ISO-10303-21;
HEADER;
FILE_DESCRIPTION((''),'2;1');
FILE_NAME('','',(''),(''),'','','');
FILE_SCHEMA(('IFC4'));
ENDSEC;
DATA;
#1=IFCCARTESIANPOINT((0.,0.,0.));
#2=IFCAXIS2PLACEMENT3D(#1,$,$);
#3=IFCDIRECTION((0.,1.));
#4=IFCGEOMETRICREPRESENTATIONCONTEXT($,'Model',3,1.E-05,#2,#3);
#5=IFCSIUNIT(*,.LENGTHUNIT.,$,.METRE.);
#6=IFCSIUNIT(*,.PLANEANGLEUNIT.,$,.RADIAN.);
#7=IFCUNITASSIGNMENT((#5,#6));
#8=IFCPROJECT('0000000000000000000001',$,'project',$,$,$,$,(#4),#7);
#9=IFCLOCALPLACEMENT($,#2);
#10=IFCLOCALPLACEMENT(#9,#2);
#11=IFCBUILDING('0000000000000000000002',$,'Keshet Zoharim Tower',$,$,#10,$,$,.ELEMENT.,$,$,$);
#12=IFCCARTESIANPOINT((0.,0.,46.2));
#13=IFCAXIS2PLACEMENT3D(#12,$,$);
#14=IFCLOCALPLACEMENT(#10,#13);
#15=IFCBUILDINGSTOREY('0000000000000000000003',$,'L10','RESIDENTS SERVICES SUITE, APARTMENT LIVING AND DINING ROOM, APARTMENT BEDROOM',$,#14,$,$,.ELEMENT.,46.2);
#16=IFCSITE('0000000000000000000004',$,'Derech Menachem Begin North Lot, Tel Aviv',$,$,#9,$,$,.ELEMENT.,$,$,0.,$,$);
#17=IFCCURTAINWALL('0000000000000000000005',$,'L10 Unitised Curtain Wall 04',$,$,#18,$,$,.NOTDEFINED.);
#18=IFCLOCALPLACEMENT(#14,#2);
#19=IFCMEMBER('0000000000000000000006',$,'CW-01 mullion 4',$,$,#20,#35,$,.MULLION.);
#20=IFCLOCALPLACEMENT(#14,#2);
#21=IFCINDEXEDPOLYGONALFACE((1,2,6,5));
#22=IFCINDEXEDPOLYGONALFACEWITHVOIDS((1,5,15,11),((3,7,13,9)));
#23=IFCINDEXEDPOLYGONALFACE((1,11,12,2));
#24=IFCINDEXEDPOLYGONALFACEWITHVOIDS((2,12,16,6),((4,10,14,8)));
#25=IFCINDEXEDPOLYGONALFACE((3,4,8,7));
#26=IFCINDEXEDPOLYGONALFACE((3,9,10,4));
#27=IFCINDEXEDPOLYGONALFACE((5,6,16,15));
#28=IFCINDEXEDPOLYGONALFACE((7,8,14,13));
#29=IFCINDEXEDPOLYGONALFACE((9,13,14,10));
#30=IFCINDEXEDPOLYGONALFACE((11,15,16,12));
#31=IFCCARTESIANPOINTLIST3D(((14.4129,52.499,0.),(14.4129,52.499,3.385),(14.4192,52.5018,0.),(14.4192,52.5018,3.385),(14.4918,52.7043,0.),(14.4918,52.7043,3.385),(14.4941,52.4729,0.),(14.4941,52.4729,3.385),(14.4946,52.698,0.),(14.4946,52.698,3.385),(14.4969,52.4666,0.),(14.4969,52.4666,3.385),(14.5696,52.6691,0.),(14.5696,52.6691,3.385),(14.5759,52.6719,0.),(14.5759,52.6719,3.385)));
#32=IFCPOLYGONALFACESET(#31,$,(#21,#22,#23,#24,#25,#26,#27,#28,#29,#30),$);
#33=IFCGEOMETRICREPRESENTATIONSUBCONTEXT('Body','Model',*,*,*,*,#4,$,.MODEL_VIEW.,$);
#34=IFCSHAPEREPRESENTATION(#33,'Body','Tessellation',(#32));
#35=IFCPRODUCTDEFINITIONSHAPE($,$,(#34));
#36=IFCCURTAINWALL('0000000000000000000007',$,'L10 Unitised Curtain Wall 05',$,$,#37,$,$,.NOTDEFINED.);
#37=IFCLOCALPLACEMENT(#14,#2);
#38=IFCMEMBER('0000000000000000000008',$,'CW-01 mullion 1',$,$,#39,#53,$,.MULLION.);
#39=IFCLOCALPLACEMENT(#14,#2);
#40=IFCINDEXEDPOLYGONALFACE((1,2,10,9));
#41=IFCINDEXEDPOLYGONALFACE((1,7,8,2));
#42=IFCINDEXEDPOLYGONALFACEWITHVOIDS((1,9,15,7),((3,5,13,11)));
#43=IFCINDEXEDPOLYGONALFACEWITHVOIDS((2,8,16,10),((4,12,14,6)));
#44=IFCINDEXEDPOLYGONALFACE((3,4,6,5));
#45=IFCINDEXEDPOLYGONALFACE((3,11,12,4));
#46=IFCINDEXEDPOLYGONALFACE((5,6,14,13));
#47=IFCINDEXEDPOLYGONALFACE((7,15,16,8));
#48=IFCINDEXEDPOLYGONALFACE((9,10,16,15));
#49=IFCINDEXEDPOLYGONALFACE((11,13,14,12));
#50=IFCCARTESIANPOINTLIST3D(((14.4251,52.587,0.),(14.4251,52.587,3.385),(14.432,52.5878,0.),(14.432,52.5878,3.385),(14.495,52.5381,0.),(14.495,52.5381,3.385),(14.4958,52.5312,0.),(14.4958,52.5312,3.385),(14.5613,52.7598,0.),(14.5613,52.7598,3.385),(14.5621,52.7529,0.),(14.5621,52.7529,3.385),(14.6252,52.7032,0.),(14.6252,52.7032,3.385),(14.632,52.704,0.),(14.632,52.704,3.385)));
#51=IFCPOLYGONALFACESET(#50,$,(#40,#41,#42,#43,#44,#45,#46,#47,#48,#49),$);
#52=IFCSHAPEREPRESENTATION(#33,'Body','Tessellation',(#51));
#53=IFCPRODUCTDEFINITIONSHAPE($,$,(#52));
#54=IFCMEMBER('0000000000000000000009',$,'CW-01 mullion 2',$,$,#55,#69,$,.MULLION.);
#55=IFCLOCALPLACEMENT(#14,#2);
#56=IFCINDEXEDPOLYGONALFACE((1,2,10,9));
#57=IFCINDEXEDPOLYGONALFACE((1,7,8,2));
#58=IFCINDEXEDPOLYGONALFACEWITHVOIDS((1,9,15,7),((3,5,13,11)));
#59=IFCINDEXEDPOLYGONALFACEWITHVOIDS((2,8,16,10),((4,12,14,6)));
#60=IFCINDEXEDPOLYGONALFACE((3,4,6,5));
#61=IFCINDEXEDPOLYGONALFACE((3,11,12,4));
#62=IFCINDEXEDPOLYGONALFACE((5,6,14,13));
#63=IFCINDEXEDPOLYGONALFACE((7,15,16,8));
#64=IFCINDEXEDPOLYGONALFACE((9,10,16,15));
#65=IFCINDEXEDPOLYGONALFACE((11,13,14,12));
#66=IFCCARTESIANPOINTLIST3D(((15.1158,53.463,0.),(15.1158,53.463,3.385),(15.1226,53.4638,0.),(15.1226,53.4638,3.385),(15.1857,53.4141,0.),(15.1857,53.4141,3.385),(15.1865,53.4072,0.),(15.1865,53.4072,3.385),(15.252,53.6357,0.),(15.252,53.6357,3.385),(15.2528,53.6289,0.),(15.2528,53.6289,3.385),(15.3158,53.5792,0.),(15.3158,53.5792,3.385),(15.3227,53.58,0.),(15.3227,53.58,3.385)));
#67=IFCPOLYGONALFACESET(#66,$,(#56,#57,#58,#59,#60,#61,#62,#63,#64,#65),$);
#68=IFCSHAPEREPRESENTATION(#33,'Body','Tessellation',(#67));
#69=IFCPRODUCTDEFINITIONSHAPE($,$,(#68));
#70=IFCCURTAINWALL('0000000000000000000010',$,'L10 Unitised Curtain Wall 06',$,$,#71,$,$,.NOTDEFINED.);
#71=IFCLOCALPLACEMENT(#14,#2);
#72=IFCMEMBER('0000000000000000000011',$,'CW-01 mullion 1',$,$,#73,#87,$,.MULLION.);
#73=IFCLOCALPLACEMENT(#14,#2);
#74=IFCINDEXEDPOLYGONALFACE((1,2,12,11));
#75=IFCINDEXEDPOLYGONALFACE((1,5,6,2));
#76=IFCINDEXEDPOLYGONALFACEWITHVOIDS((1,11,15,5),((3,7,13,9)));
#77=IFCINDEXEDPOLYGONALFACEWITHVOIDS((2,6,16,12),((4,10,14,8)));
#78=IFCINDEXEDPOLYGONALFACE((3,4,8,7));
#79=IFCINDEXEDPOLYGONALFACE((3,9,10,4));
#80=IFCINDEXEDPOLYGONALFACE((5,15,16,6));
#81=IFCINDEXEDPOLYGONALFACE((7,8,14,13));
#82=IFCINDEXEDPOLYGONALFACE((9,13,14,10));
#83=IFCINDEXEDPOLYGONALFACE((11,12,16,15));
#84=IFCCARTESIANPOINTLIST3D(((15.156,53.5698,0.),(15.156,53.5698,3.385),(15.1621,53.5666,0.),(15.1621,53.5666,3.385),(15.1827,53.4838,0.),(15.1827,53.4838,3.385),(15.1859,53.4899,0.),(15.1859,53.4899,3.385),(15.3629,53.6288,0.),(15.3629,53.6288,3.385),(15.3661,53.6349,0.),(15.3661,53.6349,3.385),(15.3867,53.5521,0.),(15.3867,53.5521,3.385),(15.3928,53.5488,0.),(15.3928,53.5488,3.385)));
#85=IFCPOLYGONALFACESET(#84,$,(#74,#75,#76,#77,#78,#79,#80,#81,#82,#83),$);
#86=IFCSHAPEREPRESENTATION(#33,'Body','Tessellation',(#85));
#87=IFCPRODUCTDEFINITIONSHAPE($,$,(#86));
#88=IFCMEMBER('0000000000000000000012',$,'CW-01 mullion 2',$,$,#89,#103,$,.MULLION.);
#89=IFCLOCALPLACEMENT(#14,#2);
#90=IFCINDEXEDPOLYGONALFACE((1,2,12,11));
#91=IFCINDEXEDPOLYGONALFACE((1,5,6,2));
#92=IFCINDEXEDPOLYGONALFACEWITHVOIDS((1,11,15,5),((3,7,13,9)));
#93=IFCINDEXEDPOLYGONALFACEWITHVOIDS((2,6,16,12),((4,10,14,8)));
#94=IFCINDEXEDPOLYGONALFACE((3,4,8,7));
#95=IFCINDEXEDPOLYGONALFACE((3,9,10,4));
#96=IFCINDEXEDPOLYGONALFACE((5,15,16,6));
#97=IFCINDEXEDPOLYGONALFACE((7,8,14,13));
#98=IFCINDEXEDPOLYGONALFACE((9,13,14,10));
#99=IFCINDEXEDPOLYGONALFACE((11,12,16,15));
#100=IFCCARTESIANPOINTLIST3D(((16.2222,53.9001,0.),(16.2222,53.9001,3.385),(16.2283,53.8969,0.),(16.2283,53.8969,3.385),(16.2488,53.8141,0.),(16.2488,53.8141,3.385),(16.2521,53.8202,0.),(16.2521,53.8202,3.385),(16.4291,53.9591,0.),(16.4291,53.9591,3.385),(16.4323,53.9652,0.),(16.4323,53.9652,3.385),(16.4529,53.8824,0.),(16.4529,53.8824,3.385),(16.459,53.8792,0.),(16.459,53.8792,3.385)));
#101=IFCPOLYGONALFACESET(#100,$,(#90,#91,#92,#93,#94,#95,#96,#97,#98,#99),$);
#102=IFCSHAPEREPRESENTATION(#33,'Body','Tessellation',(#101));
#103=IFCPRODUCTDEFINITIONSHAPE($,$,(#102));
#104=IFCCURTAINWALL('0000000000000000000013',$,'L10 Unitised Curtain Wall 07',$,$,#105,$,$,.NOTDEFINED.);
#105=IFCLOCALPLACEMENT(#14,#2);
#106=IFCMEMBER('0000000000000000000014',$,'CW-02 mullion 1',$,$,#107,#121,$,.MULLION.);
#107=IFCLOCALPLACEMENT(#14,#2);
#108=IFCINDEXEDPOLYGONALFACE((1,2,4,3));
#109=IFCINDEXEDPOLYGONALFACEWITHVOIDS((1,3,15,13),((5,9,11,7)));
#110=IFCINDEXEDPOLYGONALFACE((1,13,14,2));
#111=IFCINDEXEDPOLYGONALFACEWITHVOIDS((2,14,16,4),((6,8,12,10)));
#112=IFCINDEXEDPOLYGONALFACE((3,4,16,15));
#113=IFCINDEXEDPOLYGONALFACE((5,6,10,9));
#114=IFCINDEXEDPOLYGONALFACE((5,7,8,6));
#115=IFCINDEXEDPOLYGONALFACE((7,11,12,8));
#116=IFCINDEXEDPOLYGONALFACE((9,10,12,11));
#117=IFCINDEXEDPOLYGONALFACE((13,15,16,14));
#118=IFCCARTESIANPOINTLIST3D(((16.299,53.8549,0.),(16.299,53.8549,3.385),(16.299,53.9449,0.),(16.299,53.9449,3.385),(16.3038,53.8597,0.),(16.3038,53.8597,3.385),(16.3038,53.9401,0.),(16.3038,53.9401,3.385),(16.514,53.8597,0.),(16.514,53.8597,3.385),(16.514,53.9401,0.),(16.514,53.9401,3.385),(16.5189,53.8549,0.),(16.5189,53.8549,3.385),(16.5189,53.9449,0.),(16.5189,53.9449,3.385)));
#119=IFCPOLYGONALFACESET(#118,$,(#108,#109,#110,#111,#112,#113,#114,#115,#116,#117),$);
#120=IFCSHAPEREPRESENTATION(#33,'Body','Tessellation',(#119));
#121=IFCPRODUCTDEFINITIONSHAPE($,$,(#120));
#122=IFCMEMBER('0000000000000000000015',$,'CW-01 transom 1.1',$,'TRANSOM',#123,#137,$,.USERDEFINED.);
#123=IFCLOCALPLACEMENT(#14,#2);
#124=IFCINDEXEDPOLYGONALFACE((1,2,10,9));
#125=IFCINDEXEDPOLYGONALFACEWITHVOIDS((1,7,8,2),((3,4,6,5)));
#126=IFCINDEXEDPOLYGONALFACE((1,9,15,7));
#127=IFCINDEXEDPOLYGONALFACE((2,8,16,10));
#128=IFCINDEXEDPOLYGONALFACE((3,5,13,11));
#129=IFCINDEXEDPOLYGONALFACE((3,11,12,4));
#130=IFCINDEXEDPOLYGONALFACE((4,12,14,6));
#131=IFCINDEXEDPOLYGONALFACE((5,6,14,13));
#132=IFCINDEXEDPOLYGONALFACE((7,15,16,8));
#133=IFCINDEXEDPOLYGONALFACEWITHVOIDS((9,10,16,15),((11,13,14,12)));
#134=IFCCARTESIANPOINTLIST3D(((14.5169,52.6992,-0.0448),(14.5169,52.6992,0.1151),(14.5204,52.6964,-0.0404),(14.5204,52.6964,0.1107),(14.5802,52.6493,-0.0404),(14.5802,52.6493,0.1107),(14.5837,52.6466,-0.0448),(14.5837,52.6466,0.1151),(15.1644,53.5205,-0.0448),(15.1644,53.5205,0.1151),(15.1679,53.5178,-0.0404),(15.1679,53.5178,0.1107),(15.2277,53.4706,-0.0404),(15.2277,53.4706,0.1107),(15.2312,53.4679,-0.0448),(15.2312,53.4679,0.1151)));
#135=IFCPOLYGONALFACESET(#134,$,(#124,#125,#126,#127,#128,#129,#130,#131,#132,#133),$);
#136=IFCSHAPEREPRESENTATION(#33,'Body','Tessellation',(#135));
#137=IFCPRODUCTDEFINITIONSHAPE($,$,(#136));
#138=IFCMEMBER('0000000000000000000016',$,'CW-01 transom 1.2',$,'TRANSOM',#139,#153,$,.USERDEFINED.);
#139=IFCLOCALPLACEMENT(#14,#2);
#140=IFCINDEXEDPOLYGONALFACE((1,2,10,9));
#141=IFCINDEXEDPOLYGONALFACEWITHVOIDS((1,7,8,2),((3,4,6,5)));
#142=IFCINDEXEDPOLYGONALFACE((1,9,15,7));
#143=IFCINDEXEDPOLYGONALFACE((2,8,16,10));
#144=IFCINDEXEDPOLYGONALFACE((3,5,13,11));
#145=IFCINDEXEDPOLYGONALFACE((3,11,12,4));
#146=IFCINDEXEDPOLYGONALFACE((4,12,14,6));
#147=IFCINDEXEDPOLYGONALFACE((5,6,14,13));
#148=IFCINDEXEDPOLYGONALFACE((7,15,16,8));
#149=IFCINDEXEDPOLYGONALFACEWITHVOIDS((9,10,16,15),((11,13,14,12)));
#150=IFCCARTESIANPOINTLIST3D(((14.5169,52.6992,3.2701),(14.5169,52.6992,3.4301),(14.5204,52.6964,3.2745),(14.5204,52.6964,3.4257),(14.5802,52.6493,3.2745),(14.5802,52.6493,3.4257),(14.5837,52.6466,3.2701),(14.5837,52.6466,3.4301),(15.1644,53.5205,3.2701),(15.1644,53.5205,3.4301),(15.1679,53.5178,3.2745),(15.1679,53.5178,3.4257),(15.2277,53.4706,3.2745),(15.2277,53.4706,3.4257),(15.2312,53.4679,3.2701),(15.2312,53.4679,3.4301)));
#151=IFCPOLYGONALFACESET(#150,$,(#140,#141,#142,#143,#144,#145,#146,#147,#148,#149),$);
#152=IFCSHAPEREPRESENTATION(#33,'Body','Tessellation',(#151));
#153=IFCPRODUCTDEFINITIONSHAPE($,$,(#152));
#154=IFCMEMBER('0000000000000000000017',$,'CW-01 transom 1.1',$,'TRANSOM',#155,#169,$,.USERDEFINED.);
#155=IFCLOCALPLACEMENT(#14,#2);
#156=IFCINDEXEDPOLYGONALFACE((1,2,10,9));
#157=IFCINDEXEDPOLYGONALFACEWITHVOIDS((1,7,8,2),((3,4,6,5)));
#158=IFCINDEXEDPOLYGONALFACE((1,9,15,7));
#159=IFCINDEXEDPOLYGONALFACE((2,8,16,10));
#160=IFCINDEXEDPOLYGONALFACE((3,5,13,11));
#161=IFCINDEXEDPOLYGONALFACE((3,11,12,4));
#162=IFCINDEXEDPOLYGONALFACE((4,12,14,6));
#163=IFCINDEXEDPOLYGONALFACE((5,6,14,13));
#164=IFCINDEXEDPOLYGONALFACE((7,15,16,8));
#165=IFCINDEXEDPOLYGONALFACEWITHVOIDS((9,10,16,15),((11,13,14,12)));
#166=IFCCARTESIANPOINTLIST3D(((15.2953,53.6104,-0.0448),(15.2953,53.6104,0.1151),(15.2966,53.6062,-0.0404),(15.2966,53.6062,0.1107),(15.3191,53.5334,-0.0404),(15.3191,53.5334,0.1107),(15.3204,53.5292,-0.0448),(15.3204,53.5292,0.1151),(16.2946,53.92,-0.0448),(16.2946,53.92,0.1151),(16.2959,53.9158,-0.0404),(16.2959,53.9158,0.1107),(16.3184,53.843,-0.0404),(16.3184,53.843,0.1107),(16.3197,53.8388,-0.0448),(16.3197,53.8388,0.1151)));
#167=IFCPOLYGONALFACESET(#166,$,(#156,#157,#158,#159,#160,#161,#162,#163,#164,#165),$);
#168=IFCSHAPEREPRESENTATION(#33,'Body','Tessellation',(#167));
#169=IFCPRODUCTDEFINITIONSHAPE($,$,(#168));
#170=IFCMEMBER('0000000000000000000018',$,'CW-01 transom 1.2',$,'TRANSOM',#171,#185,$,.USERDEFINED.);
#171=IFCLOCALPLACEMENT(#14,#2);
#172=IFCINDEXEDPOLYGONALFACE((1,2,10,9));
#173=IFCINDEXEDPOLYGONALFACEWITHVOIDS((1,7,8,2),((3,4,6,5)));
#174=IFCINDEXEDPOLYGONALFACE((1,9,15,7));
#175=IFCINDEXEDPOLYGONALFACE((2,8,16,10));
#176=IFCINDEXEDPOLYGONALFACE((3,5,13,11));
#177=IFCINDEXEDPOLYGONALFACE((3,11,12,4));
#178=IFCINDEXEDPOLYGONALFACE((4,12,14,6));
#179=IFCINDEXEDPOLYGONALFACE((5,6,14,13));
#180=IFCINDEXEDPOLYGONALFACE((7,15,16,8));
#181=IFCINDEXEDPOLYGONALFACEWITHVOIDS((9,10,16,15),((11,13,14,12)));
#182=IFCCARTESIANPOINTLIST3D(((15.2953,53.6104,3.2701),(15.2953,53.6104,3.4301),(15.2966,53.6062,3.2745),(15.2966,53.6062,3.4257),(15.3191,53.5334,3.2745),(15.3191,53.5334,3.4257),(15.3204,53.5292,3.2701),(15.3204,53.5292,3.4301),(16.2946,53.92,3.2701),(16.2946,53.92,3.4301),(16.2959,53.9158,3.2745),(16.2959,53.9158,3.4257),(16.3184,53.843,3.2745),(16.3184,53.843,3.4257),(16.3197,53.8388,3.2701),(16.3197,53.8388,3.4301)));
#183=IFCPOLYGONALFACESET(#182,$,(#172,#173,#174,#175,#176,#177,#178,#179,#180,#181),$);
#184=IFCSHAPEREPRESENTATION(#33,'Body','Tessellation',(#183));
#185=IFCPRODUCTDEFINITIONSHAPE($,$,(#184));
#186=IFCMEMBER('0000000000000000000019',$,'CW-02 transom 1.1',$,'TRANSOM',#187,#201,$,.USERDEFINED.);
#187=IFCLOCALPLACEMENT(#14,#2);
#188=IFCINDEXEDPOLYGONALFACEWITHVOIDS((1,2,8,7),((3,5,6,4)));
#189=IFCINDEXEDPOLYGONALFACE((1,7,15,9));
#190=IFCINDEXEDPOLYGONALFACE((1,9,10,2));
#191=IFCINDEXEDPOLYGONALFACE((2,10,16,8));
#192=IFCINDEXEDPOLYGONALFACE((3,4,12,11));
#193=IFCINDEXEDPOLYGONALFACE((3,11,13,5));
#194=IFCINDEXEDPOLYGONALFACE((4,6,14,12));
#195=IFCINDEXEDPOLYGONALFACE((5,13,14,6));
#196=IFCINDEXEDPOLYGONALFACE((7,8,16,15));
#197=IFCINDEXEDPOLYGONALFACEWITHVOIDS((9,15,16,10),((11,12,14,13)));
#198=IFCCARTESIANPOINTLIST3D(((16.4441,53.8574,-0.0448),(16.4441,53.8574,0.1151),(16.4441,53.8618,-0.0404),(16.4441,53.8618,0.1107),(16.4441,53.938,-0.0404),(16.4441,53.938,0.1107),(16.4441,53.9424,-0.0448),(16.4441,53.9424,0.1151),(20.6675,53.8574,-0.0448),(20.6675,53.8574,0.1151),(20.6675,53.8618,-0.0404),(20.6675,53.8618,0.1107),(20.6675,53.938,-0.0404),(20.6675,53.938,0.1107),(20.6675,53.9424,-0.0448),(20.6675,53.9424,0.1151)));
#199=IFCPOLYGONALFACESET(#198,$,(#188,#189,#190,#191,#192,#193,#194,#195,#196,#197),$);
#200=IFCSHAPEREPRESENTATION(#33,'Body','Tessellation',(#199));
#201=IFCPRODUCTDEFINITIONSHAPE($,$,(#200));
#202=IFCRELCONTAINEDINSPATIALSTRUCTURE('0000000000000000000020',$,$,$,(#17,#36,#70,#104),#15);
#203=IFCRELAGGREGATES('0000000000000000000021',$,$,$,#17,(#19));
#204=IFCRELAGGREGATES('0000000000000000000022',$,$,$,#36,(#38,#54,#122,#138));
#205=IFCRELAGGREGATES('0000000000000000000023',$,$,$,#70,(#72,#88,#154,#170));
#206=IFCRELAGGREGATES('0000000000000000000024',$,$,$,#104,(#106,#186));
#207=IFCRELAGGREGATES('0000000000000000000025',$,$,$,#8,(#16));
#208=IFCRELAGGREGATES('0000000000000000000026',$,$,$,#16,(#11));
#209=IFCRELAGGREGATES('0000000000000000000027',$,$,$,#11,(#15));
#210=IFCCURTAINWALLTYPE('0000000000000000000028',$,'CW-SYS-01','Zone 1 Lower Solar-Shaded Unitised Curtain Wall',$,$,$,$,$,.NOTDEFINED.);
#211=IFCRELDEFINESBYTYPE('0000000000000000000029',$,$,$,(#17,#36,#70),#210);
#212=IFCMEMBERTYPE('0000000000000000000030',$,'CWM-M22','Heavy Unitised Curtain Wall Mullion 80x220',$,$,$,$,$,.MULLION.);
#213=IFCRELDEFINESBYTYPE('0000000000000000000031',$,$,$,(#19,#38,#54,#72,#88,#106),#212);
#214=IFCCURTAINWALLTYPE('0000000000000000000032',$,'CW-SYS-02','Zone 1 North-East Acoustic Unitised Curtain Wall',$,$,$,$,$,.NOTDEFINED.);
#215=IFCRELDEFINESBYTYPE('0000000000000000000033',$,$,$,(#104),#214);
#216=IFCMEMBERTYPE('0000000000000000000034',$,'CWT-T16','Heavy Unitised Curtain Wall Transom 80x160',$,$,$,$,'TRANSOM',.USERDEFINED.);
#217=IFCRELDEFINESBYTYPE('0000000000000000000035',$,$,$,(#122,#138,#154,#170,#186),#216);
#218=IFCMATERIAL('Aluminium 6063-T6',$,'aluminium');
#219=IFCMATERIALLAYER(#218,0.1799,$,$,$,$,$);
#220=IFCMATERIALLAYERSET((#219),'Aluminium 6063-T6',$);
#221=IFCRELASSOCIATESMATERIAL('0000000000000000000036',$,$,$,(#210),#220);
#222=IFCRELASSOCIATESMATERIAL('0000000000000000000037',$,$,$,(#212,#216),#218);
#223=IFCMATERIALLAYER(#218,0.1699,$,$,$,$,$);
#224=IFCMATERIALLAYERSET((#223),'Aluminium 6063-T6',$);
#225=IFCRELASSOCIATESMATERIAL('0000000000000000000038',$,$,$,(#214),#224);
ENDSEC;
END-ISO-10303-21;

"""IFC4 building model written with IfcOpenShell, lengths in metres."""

from ifc_helpers import new_model, si_unit, direction, frame, origin, origin_2d, place, context, subcontext, project, spatial, hollow_rectangle, extrude, material, layer, layer_set, material_profile, profile_set, type_object, element, aggregate, save


model = new_model("IFC4")

# Units and contexts
model_context = context("Model", 3, precision=1e-05, world=origin(), true_north=direction((0.0, 1.0)))
body_context = subcontext(model_context, "Body", "Model", "MODEL_VIEW")
ifc_project = project(units=[si_unit("LENGTHUNIT", "METRE"), si_unit("PLANEANGLEUNIT", "RADIAN")], contexts=[model_context])

# Site, building, storey
site_placement = place(None, origin())
site = spatial("IfcSite", under=ifc_project, at=site_placement, Name="Derech Menachem Begin North Lot, Tel Aviv", CompositionType="ELEMENT", RefElevation=0.0)
building_placement = place(site_placement, origin())
building = spatial("IfcBuilding", under=site, at=building_placement, Name="Keshet Zoharim Tower", CompositionType="ELEMENT")
storey_placement = place(building_placement, frame((0.0, 0.0, 46.2)))
storey = spatial("IfcBuildingStorey", under=building, at=storey_placement, Name="L10", Description="RESIDENTS SERVICES SUITE, APARTMENT LIVING AND DINING ROOM, APARTMENT BEDROOM", CompositionType="ELEMENT", Elevation=46.2)

# Curtain wall, member
ifc_material_1 = material(Name="Aluminium 6063-T6", Category="aluminium")
ifc_layer_1 = layer(ifc_material_1, 0.1799)
ifc_layer_set_1 = layer_set([ifc_layer_1], Name="Aluminium 6063-T6")
curtain_wall_type_1 = type_object("IfcCurtainWallType", Name="CW-SYS-01", Description="Zone 1 Lower Solar-Shaded Unitised Curtain Wall", PredefinedType="NOTDEFINED", material=ifc_layer_set_1)
curtain_wall_1_placement = place(storey_placement, origin())
curtain_wall_1 = element("IfcCurtainWall", 1, at=curtain_wall_1_placement, inside=storey, type_object=curtain_wall_type_1, Name="L10 Unitised Curtain Wall 04", PredefinedType="NOTDEFINED")
ifc_material_profile_1 = material_profile(ifc_material_1, hollow_rectangle(XDim=0.0901, YDim=0.22, WallThickness=0.0049, at=origin_2d()), Name="MUL-90x220")
ifc_profile_set_1 = profile_set([ifc_material_profile_1], Name="Aluminium 6063-T6")
member_type_1 = type_object("IfcMemberType", Name="CWM-M22", Description="Heavy Unitised Curtain Wall Mullion 80x220", PredefinedType="MULLION", material=ifc_profile_set_1)
member_1_placement = place(storey_placement, frame((14.4944, 52.5854, 0.0), z_axis=(0.0, 0.0, 1.0), x_axis=(-0.933341, 0.35899, 0.0)))
member_1 = element("IfcMember", 2, at=member_1_placement, type_object=member_type_1, Name="CW-01 mullion 4", PredefinedType="MULLION", context=body_context, shape_type="SweptSolid", body=[
    extrude(hollow_rectangle(XDim=0.0901, YDim=0.22, WallThickness=0.0049, at=origin_2d()), origin(), (0.0, 0.0, 1.0), 3.385),
])

# Curtain walls, members
curtain_wall_2_placement = place(storey_placement, origin())
curtain_wall_2 = element("IfcCurtainWall", 3, at=curtain_wall_2_placement, inside=storey, type_object=curtain_wall_type_1, Name="L10 Unitised Curtain Wall 05", PredefinedType="NOTDEFINED")
member_2_placement = place(storey_placement, frame((14.5286, 52.6455, 0.0), z_axis=(0.0, 0.0, 1.0), x_axis=(-0.785293, 0.619125, 0.0)))
member_2 = element("IfcMember", 4, at=member_2_placement, type_object=member_type_1, Name="CW-01 mullion 1", PredefinedType="MULLION", context=body_context, shape_type="SweptSolid", body=[
    extrude(hollow_rectangle(XDim=0.0901, YDim=0.22, WallThickness=0.0049, at=origin_2d()), origin(), (0.0, 0.0, 1.0), 3.385),
])
member_3_placement = place(storey_placement, frame((15.2192, 53.5215, 0.0), z_axis=(0.0, 0.0, 1.0), x_axis=(-0.785293, 0.619125, 0.0)))
member_3 = element("IfcMember", 5, at=member_3_placement, type_object=member_type_1, Name="CW-01 mullion 2", PredefinedType="MULLION", context=body_context, shape_type="SweptSolid", body=[
    extrude(hollow_rectangle(XDim=0.0901, YDim=0.22, WallThickness=0.0049, at=origin_2d()), origin(), (0.0, 0.0, 1.0), 3.385),
])
curtain_wall_3_placement = place(storey_placement, origin())
curtain_wall_3 = element("IfcCurtainWall", 6, at=curtain_wall_3_placement, inside=storey, type_object=curtain_wall_type_1, Name="L10 Unitised Curtain Wall 06", PredefinedType="NOTDEFINED")
member_4_placement = place(storey_placement, frame((15.2744, 53.5593, 0.0), z_axis=(0.0, 0.0, 1.0), x_axis=(-0.295922, 0.955212, 0.0)))
member_4 = element("IfcMember", 7, at=member_4_placement, type_object=member_type_1, Name="CW-01 mullion 1", PredefinedType="MULLION", context=body_context, shape_type="SweptSolid", body=[
    extrude(hollow_rectangle(XDim=0.0901, YDim=0.22, WallThickness=0.0049, at=origin_2d()), origin(), (0.0, 0.0, 1.0), 3.385),
])
member_5_placement = place(storey_placement, frame((16.3406, 53.8896, 0.0), z_axis=(0.0, 0.0, 1.0), x_axis=(-0.295922, 0.955212, 0.0)))
member_5 = element("IfcMember", 8, at=member_5_placement, type_object=member_type_1, Name="CW-01 mullion 2", PredefinedType="MULLION", context=body_context, shape_type="SweptSolid", body=[
    extrude(hollow_rectangle(XDim=0.0901, YDim=0.22, WallThickness=0.0049, at=origin_2d()), origin(), (0.0, 0.0, 1.0), 3.385),
])

# Curtain wall, member
ifc_layer_2 = layer(ifc_material_1, 0.1699)
ifc_layer_set_2 = layer_set([ifc_layer_2], Name="Aluminium 6063-T6")
curtain_wall_type_2 = type_object("IfcCurtainWallType", Name="CW-SYS-02", Description="Zone 1 North-East Acoustic Unitised Curtain Wall", PredefinedType="NOTDEFINED", material=ifc_layer_set_2)
curtain_wall_4_placement = place(storey_placement, origin())
curtain_wall_4 = element("IfcCurtainWall", 9, at=curtain_wall_4_placement, inside=storey, type_object=curtain_wall_type_2, Name="L10 Unitised Curtain Wall 07", PredefinedType="NOTDEFINED")
member_6_placement = place(storey_placement, frame((16.4089, 53.8999, 0.0), z_axis=(0.0, 0.0, 1.0), x_axis=(0.0, 1.0, 0.0)))
member_6 = element("IfcMember", 10, at=member_6_placement, type_object=member_type_1, Name="CW-02 mullion 1", PredefinedType="MULLION", context=body_context, shape_type="SweptSolid", body=[
    extrude(hollow_rectangle(XDim=0.0901, YDim=0.22, WallThickness=0.0049, at=origin_2d()), origin(), (0.0, 0.0, 1.0), 3.385),
])

# Members
ifc_material_profile_2 = material_profile(ifc_material_1, hollow_rectangle(XDim=0.085, YDim=0.1599, WallThickness=0.0044, at=origin_2d()), Name="TRN-85x160")
ifc_profile_set_2 = profile_set([ifc_material_profile_2], Name="Aluminium 6063-T6")
member_type_2 = type_object("IfcMemberType", Name="CWT-T16", Description="Heavy Unitised Curtain Wall Transom 80x160", ElementType="TRANSOM", PredefinedType="USERDEFINED", material=ifc_profile_set_2)
member_7_placement = place(storey_placement, frame((14.5503, 52.6729, 0.0352), z_axis=(0.619099, 0.785313, 0.0), x_axis=(-0.785313, 0.619099, 0.0)))
member_7 = element("IfcMember", 11, at=member_7_placement, type_object=member_type_2, Name="CW-01 transom 1.1", ObjectType="TRANSOM", PredefinedType="USERDEFINED", context=body_context, shape_type="SweptSolid", body=[
    extrude(hollow_rectangle(XDim=0.085, YDim=0.1599, WallThickness=0.0044, at=origin_2d()), origin(), (0.0, 0.0, 1.0), 1.0459),
])
member_8_placement = place(storey_placement, frame((14.5503, 52.6729, 3.3501), z_axis=(0.619099, 0.785313, 0.0), x_axis=(-0.785313, 0.619099, 0.0)))
member_8 = element("IfcMember", 12, at=member_8_placement, type_object=member_type_2, Name="CW-01 transom 1.2", ObjectType="TRANSOM", PredefinedType="USERDEFINED", context=body_context, shape_type="SweptSolid", body=[
    extrude(hollow_rectangle(XDim=0.085, YDim=0.1599, WallThickness=0.0044, at=origin_2d()), origin(), (0.0, 0.0, 1.0), 1.0459),
])
member_9_placement = place(storey_placement, frame((15.3079, 53.5698, 0.0352), z_axis=(0.955212, 0.295922, 0.0), x_axis=(-0.295922, 0.955212, 0.0)))
member_9 = element("IfcMember", 13, at=member_9_placement, type_object=member_type_2, Name="CW-01 transom 1.1", ObjectType="TRANSOM", PredefinedType="USERDEFINED", context=body_context, shape_type="SweptSolid", body=[
    extrude(hollow_rectangle(XDim=0.085, YDim=0.1599, WallThickness=0.0044, at=origin_2d()), origin(), (0.0, 0.0, 1.0), 1.0461),
])
member_10_placement = place(storey_placement, frame((15.3079, 53.5698, 3.3501), z_axis=(0.955212, 0.295922, 0.0), x_axis=(-0.295922, 0.955212, 0.0)))
member_10 = element("IfcMember", 14, at=member_10_placement, type_object=member_type_2, Name="CW-01 transom 1.2", ObjectType="TRANSOM", PredefinedType="USERDEFINED", context=body_context, shape_type="SweptSolid", body=[
    extrude(hollow_rectangle(XDim=0.085, YDim=0.1599, WallThickness=0.0044, at=origin_2d()), origin(), (0.0, 0.0, 1.0), 1.0461),
])
member_11_placement = place(storey_placement, frame((16.4441, 53.8999, 0.0352), z_axis=(1.0, 0.0, 0.0), x_axis=(0.0, 1.0, 0.0)))
member_11 = element("IfcMember", 15, at=member_11_placement, type_object=member_type_2, Name="CW-02 transom 1.1", ObjectType="TRANSOM", PredefinedType="USERDEFINED", context=body_context, shape_type="SweptSolid", body=[
    extrude(hollow_rectangle(XDim=0.085, YDim=0.1599, WallThickness=0.0044, at=origin_2d()), origin(), (0.0, 0.0, 1.0), 4.2234),
])

aggregate(curtain_wall_1, [member_1])
aggregate(curtain_wall_2, [member_2, member_3, member_7, member_8])
aggregate(curtain_wall_3, [member_4, member_5, member_9, member_10])
aggregate(curtain_wall_4, [member_6, member_11])

save(model, "model.ifc")
